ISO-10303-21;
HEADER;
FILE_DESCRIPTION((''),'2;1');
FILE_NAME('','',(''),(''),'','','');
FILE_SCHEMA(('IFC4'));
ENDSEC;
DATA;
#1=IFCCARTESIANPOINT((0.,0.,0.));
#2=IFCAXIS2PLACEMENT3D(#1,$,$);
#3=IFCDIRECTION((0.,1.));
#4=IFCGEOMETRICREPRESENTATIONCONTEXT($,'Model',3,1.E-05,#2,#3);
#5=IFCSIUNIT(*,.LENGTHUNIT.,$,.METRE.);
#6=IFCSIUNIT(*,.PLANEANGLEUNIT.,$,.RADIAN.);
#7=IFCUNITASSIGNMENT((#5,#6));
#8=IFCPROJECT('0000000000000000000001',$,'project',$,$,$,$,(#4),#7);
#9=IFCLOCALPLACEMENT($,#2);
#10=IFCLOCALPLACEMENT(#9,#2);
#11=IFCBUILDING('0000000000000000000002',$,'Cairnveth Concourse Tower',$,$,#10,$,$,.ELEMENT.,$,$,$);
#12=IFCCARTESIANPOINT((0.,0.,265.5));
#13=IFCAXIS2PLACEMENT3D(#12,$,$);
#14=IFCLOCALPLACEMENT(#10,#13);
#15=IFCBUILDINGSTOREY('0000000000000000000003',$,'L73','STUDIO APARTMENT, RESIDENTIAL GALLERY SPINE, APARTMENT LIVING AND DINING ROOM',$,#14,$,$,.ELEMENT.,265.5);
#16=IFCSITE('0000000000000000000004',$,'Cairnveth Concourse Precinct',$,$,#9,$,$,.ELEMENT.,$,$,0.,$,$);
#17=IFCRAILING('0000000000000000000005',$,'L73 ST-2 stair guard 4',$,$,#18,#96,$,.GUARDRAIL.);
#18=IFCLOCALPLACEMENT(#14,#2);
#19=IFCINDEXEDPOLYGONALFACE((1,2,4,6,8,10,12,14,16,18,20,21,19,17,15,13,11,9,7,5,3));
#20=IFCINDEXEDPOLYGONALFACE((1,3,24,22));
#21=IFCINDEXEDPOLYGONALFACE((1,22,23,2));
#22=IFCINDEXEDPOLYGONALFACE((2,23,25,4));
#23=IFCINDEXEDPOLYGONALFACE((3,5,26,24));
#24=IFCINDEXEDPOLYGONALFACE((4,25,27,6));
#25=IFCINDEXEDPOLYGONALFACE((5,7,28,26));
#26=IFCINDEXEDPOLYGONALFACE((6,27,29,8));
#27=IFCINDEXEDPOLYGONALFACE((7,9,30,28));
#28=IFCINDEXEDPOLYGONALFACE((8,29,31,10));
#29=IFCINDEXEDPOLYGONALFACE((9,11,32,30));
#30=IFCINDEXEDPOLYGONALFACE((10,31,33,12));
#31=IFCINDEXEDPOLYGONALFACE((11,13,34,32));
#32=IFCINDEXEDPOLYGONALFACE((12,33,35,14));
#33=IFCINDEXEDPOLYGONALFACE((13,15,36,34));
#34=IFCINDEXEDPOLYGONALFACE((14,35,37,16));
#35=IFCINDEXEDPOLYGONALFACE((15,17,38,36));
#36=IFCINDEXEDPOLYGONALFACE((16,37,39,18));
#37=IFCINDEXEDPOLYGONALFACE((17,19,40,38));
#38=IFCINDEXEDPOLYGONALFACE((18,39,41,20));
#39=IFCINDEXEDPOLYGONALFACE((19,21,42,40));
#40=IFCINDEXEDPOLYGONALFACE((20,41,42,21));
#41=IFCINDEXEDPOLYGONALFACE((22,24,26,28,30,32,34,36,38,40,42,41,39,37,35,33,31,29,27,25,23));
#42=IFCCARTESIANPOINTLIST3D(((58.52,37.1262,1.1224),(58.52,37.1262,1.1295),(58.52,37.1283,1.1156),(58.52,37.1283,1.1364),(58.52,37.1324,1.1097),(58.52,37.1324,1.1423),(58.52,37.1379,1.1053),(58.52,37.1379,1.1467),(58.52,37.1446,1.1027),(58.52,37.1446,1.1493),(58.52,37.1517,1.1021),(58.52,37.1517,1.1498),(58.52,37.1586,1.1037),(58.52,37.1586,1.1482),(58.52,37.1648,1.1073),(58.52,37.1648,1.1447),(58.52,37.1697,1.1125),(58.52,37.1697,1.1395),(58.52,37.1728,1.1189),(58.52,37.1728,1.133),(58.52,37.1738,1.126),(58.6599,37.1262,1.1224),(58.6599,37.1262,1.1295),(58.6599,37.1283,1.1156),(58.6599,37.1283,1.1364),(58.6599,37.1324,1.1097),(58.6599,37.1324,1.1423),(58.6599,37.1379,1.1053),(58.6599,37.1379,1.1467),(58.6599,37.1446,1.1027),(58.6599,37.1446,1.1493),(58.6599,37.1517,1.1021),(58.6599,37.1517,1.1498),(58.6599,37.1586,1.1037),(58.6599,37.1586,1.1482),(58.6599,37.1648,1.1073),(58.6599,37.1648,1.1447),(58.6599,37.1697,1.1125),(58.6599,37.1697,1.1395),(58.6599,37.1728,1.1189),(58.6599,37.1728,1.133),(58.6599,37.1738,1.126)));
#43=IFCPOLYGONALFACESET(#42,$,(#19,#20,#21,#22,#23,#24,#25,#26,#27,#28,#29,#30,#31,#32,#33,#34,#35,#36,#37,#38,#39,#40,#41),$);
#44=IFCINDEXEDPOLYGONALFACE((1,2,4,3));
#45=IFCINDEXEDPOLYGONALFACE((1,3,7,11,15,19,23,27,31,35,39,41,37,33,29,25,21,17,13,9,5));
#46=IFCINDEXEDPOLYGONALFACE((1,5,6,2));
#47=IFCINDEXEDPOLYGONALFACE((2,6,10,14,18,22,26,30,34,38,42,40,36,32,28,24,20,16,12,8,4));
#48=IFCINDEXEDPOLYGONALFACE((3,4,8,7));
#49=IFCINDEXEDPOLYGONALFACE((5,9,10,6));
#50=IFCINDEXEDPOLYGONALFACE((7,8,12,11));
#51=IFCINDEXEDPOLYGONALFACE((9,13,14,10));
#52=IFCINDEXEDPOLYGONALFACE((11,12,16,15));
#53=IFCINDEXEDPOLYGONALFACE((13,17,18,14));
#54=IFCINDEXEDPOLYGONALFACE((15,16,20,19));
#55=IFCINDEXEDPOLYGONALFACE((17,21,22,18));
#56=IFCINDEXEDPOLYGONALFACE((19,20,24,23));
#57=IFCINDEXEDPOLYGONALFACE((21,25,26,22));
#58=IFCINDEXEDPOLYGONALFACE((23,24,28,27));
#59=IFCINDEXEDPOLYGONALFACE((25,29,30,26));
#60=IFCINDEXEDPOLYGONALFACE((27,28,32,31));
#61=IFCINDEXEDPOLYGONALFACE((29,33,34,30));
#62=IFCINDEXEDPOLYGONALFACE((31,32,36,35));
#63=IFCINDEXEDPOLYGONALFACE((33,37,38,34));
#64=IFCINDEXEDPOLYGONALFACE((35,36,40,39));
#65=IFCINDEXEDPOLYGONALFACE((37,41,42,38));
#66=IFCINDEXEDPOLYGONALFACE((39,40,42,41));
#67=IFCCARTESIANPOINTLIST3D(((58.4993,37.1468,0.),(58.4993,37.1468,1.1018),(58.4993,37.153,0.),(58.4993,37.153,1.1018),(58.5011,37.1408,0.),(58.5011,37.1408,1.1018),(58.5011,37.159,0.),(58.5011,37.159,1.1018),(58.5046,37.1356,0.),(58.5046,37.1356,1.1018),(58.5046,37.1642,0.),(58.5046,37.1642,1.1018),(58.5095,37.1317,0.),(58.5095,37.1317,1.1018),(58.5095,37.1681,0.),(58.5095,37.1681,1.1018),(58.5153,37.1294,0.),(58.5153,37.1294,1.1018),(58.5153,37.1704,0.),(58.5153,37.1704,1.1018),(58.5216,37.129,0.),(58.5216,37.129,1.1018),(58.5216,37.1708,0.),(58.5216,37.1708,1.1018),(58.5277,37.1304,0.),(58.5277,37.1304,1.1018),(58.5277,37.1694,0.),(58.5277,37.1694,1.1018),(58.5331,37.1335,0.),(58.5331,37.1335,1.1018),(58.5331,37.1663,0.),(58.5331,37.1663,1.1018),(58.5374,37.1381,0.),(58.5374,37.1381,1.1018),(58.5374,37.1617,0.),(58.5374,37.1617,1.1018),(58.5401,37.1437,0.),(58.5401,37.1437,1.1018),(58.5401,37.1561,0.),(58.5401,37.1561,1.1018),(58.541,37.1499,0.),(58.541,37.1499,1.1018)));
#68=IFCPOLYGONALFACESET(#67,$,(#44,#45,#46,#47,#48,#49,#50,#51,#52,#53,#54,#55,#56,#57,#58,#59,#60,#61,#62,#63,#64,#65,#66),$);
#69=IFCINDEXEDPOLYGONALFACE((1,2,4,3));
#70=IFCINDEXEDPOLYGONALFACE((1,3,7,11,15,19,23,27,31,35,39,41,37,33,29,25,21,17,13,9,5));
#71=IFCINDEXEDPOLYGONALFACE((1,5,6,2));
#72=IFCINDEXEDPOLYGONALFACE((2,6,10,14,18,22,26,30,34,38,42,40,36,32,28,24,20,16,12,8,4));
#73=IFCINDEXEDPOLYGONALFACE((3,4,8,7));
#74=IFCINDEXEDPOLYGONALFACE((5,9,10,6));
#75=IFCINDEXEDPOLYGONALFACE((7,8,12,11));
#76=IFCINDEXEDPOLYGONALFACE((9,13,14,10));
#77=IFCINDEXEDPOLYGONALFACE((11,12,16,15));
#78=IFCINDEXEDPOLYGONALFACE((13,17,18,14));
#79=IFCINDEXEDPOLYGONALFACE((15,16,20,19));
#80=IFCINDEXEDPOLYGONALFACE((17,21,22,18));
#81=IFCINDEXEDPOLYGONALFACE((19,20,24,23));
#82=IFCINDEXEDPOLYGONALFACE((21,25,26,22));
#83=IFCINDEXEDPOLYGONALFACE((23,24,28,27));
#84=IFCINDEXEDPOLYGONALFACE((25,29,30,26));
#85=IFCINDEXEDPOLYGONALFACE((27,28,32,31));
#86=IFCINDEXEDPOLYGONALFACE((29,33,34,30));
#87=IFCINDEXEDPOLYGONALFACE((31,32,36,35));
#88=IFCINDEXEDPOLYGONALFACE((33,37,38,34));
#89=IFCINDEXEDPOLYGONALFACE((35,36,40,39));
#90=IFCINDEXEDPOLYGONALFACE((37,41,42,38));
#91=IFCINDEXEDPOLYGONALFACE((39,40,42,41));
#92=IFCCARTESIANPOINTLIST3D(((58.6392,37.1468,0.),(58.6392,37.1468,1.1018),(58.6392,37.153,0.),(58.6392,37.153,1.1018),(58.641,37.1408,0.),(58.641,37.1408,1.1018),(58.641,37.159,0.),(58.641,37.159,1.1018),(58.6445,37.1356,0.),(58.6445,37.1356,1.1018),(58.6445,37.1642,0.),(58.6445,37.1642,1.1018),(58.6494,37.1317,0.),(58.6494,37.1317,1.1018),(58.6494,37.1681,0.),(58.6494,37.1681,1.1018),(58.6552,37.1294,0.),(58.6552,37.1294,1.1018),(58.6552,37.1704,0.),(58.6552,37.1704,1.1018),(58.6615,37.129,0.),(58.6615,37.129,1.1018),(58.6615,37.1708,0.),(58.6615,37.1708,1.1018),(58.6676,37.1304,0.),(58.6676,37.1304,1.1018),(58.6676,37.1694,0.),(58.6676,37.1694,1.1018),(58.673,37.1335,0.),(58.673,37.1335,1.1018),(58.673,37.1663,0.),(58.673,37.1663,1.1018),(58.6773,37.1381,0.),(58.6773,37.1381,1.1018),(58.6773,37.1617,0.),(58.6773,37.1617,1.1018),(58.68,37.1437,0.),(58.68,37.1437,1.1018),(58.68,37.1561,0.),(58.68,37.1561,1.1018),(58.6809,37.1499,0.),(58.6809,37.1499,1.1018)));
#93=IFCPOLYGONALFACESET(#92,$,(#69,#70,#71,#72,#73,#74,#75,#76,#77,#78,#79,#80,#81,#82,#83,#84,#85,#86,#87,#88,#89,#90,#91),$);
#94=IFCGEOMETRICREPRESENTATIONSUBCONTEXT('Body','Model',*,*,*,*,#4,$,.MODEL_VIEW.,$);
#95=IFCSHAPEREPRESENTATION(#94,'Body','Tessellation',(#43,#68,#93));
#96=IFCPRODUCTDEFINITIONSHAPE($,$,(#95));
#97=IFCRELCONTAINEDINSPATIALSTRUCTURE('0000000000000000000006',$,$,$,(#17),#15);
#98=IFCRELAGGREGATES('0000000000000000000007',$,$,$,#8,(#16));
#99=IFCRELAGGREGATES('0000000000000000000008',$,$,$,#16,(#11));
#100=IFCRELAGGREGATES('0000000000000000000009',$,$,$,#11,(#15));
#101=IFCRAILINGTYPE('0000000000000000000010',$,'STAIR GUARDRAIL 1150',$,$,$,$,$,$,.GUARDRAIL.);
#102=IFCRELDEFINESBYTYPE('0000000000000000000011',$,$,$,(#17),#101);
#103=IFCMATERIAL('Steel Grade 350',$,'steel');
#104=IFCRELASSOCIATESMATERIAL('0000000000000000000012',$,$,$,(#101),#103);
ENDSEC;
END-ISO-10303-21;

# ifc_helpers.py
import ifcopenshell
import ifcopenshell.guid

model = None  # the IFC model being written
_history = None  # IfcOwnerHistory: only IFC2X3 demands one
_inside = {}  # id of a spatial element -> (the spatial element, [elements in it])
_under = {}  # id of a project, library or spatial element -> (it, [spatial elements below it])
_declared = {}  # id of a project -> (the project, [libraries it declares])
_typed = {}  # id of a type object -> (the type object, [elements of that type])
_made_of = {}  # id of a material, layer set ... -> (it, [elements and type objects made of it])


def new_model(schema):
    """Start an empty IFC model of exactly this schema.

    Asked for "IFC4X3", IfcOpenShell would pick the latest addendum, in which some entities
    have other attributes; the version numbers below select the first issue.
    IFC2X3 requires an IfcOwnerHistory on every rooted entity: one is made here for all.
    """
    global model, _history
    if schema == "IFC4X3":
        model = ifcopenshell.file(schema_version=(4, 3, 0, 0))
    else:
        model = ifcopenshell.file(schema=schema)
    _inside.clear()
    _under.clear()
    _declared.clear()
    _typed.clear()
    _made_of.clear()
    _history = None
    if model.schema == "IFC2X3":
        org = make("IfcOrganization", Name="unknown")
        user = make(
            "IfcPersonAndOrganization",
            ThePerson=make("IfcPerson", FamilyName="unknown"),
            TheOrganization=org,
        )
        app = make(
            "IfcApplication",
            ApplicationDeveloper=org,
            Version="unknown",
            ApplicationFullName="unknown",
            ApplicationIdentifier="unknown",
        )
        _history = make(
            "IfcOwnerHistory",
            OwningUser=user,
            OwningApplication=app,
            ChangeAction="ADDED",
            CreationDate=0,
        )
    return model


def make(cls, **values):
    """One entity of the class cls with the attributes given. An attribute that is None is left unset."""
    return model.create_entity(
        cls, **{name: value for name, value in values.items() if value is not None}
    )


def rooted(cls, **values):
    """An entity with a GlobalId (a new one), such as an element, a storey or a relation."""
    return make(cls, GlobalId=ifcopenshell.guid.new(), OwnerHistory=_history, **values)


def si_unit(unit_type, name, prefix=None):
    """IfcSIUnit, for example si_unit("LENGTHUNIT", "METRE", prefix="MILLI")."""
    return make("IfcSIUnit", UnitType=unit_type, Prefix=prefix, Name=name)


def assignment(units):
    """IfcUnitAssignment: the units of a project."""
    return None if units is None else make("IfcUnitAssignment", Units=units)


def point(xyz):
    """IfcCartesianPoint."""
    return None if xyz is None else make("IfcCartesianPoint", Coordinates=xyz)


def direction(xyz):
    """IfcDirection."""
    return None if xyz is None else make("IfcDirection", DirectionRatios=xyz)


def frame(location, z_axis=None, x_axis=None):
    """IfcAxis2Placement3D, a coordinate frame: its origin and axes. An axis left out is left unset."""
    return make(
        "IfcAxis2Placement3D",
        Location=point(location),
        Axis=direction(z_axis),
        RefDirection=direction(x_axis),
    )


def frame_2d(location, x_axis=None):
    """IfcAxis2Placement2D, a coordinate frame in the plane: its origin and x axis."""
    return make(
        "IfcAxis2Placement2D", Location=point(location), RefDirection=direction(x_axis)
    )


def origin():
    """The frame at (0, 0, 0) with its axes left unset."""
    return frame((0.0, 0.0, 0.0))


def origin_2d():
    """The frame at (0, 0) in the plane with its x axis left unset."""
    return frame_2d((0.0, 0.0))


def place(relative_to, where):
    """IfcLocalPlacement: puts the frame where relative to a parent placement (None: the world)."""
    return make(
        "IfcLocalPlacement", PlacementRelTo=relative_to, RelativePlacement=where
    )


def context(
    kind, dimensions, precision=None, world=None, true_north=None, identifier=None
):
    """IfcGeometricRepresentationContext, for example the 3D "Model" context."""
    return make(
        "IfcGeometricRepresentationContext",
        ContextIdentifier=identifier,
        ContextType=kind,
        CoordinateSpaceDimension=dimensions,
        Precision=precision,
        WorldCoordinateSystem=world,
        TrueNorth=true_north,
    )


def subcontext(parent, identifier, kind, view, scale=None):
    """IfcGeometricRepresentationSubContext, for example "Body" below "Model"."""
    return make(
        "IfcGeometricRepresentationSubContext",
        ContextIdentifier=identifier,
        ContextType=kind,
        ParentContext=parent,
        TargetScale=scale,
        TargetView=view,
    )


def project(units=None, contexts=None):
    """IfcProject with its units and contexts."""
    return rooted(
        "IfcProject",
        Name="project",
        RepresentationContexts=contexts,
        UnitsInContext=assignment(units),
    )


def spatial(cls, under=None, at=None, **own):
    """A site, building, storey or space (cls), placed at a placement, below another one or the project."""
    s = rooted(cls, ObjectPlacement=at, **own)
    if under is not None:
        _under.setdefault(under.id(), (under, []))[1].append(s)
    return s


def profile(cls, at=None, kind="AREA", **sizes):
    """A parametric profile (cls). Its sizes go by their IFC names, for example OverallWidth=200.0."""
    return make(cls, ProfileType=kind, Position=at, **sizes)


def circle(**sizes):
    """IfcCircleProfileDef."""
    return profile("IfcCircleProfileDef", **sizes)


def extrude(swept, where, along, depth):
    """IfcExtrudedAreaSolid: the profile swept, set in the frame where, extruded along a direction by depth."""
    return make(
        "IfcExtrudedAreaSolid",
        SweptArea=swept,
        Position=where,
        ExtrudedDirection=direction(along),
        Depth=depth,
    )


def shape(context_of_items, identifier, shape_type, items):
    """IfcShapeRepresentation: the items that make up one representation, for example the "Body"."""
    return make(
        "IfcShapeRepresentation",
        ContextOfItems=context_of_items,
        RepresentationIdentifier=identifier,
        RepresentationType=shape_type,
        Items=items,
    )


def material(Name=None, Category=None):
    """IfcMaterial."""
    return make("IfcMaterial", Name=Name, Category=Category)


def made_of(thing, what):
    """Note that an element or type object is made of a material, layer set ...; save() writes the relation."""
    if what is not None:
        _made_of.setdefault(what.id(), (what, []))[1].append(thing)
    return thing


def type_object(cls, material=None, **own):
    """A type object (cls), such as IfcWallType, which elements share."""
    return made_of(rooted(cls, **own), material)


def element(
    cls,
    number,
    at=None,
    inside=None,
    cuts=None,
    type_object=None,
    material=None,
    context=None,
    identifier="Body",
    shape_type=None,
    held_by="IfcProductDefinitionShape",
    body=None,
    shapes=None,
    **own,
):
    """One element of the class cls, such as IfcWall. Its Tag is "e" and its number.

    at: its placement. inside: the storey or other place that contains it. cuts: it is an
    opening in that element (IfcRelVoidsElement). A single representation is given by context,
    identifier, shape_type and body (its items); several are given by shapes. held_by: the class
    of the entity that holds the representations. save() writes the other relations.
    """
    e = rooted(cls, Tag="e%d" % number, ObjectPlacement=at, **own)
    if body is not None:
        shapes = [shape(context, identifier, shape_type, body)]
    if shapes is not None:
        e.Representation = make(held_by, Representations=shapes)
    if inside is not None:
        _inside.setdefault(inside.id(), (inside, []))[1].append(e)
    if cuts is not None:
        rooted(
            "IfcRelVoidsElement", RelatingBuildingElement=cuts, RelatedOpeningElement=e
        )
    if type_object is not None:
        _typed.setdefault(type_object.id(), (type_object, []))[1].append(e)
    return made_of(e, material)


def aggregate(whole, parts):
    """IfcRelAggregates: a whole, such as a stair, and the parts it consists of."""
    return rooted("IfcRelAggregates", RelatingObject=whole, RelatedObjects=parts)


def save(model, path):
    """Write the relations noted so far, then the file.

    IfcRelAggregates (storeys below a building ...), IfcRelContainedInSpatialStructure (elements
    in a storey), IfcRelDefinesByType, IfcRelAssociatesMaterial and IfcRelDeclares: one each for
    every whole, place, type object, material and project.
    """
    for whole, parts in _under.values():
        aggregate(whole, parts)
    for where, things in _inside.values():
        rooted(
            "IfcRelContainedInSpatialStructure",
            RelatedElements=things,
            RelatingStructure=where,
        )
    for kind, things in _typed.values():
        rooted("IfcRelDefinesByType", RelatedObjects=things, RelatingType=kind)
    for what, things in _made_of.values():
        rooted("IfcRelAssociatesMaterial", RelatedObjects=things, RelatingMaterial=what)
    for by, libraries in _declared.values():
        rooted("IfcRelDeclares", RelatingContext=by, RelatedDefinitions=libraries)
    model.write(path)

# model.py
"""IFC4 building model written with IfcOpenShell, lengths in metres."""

from ifc_helpers import new_model, si_unit, direction, frame, origin, origin_2d, place, context, subcontext, project, spatial, circle, extrude, material, type_object, element, save


model = new_model("IFC4")

# Units and contexts
model_context = context("Model", 3, precision=1e-05, world=origin(), true_north=direction((0.0, 1.0)))
body_context = subcontext(model_context, "Body", "Model", "MODEL_VIEW")
ifc_project = project(units=[si_unit("LENGTHUNIT", "METRE"), si_unit("PLANEANGLEUNIT", "RADIAN")], contexts=[model_context])

# Site, building, storey
site_placement = place(None, origin())
site = spatial("IfcSite", under=ifc_project, at=site_placement, Name="Cairnveth Concourse Precinct", CompositionType="ELEMENT", RefElevation=0.0)
building_placement = place(site_placement, origin())
building = spatial("IfcBuilding", under=site, at=building_placement, Name="Cairnveth Concourse Tower", CompositionType="ELEMENT")
storey_placement = place(building_placement, frame((0.0, 0.0, 265.5)))
storey = spatial("IfcBuildingStorey", under=building, at=storey_placement, Name="L73", Description="STUDIO APARTMENT, RESIDENTIAL GALLERY SPINE, APARTMENT LIVING AND DINING ROOM", CompositionType="ELEMENT", Elevation=265.5)

# Shared definitions
ifc_material_1 = material(Name="Steel Grade 350", Category="steel")

# Railing
railing_type_1 = type_object("IfcRailingType", Name="STAIR GUARDRAIL 1150", PredefinedType="GUARDRAIL", material=ifc_material_1)
railing_1_placement = place(storey_placement, frame((58.52, 37.1499, 0.0)))
element("IfcRailing", 1, at=railing_1_placement, inside=storey, type_object=railing_type_1, Name="L73 ST-2 stair guard 4", PredefinedType="GUARDRAIL", context=body_context, shape_type="SweptSolid", body=[
    extrude(circle(Radius=0.0239, at=origin_2d()), frame((0.0, 0.0, 1.126), z_axis=(1.0, 0.0, 0.0), x_axis=(0.0, 1.0, 0.0)), (0.0, 0.0, 1.0), 0.1399),
    extrude(circle(Radius=0.021, at=origin_2d()), origin(), (0.0, 0.0, 1.0), 1.1018),
    extrude(circle(Radius=0.021, at=origin_2d()), frame((0.1399, 0.0, 0.0)), (0.0, 0.0, 1.0), 1.1018),
])

save(model, "model.ifc")
